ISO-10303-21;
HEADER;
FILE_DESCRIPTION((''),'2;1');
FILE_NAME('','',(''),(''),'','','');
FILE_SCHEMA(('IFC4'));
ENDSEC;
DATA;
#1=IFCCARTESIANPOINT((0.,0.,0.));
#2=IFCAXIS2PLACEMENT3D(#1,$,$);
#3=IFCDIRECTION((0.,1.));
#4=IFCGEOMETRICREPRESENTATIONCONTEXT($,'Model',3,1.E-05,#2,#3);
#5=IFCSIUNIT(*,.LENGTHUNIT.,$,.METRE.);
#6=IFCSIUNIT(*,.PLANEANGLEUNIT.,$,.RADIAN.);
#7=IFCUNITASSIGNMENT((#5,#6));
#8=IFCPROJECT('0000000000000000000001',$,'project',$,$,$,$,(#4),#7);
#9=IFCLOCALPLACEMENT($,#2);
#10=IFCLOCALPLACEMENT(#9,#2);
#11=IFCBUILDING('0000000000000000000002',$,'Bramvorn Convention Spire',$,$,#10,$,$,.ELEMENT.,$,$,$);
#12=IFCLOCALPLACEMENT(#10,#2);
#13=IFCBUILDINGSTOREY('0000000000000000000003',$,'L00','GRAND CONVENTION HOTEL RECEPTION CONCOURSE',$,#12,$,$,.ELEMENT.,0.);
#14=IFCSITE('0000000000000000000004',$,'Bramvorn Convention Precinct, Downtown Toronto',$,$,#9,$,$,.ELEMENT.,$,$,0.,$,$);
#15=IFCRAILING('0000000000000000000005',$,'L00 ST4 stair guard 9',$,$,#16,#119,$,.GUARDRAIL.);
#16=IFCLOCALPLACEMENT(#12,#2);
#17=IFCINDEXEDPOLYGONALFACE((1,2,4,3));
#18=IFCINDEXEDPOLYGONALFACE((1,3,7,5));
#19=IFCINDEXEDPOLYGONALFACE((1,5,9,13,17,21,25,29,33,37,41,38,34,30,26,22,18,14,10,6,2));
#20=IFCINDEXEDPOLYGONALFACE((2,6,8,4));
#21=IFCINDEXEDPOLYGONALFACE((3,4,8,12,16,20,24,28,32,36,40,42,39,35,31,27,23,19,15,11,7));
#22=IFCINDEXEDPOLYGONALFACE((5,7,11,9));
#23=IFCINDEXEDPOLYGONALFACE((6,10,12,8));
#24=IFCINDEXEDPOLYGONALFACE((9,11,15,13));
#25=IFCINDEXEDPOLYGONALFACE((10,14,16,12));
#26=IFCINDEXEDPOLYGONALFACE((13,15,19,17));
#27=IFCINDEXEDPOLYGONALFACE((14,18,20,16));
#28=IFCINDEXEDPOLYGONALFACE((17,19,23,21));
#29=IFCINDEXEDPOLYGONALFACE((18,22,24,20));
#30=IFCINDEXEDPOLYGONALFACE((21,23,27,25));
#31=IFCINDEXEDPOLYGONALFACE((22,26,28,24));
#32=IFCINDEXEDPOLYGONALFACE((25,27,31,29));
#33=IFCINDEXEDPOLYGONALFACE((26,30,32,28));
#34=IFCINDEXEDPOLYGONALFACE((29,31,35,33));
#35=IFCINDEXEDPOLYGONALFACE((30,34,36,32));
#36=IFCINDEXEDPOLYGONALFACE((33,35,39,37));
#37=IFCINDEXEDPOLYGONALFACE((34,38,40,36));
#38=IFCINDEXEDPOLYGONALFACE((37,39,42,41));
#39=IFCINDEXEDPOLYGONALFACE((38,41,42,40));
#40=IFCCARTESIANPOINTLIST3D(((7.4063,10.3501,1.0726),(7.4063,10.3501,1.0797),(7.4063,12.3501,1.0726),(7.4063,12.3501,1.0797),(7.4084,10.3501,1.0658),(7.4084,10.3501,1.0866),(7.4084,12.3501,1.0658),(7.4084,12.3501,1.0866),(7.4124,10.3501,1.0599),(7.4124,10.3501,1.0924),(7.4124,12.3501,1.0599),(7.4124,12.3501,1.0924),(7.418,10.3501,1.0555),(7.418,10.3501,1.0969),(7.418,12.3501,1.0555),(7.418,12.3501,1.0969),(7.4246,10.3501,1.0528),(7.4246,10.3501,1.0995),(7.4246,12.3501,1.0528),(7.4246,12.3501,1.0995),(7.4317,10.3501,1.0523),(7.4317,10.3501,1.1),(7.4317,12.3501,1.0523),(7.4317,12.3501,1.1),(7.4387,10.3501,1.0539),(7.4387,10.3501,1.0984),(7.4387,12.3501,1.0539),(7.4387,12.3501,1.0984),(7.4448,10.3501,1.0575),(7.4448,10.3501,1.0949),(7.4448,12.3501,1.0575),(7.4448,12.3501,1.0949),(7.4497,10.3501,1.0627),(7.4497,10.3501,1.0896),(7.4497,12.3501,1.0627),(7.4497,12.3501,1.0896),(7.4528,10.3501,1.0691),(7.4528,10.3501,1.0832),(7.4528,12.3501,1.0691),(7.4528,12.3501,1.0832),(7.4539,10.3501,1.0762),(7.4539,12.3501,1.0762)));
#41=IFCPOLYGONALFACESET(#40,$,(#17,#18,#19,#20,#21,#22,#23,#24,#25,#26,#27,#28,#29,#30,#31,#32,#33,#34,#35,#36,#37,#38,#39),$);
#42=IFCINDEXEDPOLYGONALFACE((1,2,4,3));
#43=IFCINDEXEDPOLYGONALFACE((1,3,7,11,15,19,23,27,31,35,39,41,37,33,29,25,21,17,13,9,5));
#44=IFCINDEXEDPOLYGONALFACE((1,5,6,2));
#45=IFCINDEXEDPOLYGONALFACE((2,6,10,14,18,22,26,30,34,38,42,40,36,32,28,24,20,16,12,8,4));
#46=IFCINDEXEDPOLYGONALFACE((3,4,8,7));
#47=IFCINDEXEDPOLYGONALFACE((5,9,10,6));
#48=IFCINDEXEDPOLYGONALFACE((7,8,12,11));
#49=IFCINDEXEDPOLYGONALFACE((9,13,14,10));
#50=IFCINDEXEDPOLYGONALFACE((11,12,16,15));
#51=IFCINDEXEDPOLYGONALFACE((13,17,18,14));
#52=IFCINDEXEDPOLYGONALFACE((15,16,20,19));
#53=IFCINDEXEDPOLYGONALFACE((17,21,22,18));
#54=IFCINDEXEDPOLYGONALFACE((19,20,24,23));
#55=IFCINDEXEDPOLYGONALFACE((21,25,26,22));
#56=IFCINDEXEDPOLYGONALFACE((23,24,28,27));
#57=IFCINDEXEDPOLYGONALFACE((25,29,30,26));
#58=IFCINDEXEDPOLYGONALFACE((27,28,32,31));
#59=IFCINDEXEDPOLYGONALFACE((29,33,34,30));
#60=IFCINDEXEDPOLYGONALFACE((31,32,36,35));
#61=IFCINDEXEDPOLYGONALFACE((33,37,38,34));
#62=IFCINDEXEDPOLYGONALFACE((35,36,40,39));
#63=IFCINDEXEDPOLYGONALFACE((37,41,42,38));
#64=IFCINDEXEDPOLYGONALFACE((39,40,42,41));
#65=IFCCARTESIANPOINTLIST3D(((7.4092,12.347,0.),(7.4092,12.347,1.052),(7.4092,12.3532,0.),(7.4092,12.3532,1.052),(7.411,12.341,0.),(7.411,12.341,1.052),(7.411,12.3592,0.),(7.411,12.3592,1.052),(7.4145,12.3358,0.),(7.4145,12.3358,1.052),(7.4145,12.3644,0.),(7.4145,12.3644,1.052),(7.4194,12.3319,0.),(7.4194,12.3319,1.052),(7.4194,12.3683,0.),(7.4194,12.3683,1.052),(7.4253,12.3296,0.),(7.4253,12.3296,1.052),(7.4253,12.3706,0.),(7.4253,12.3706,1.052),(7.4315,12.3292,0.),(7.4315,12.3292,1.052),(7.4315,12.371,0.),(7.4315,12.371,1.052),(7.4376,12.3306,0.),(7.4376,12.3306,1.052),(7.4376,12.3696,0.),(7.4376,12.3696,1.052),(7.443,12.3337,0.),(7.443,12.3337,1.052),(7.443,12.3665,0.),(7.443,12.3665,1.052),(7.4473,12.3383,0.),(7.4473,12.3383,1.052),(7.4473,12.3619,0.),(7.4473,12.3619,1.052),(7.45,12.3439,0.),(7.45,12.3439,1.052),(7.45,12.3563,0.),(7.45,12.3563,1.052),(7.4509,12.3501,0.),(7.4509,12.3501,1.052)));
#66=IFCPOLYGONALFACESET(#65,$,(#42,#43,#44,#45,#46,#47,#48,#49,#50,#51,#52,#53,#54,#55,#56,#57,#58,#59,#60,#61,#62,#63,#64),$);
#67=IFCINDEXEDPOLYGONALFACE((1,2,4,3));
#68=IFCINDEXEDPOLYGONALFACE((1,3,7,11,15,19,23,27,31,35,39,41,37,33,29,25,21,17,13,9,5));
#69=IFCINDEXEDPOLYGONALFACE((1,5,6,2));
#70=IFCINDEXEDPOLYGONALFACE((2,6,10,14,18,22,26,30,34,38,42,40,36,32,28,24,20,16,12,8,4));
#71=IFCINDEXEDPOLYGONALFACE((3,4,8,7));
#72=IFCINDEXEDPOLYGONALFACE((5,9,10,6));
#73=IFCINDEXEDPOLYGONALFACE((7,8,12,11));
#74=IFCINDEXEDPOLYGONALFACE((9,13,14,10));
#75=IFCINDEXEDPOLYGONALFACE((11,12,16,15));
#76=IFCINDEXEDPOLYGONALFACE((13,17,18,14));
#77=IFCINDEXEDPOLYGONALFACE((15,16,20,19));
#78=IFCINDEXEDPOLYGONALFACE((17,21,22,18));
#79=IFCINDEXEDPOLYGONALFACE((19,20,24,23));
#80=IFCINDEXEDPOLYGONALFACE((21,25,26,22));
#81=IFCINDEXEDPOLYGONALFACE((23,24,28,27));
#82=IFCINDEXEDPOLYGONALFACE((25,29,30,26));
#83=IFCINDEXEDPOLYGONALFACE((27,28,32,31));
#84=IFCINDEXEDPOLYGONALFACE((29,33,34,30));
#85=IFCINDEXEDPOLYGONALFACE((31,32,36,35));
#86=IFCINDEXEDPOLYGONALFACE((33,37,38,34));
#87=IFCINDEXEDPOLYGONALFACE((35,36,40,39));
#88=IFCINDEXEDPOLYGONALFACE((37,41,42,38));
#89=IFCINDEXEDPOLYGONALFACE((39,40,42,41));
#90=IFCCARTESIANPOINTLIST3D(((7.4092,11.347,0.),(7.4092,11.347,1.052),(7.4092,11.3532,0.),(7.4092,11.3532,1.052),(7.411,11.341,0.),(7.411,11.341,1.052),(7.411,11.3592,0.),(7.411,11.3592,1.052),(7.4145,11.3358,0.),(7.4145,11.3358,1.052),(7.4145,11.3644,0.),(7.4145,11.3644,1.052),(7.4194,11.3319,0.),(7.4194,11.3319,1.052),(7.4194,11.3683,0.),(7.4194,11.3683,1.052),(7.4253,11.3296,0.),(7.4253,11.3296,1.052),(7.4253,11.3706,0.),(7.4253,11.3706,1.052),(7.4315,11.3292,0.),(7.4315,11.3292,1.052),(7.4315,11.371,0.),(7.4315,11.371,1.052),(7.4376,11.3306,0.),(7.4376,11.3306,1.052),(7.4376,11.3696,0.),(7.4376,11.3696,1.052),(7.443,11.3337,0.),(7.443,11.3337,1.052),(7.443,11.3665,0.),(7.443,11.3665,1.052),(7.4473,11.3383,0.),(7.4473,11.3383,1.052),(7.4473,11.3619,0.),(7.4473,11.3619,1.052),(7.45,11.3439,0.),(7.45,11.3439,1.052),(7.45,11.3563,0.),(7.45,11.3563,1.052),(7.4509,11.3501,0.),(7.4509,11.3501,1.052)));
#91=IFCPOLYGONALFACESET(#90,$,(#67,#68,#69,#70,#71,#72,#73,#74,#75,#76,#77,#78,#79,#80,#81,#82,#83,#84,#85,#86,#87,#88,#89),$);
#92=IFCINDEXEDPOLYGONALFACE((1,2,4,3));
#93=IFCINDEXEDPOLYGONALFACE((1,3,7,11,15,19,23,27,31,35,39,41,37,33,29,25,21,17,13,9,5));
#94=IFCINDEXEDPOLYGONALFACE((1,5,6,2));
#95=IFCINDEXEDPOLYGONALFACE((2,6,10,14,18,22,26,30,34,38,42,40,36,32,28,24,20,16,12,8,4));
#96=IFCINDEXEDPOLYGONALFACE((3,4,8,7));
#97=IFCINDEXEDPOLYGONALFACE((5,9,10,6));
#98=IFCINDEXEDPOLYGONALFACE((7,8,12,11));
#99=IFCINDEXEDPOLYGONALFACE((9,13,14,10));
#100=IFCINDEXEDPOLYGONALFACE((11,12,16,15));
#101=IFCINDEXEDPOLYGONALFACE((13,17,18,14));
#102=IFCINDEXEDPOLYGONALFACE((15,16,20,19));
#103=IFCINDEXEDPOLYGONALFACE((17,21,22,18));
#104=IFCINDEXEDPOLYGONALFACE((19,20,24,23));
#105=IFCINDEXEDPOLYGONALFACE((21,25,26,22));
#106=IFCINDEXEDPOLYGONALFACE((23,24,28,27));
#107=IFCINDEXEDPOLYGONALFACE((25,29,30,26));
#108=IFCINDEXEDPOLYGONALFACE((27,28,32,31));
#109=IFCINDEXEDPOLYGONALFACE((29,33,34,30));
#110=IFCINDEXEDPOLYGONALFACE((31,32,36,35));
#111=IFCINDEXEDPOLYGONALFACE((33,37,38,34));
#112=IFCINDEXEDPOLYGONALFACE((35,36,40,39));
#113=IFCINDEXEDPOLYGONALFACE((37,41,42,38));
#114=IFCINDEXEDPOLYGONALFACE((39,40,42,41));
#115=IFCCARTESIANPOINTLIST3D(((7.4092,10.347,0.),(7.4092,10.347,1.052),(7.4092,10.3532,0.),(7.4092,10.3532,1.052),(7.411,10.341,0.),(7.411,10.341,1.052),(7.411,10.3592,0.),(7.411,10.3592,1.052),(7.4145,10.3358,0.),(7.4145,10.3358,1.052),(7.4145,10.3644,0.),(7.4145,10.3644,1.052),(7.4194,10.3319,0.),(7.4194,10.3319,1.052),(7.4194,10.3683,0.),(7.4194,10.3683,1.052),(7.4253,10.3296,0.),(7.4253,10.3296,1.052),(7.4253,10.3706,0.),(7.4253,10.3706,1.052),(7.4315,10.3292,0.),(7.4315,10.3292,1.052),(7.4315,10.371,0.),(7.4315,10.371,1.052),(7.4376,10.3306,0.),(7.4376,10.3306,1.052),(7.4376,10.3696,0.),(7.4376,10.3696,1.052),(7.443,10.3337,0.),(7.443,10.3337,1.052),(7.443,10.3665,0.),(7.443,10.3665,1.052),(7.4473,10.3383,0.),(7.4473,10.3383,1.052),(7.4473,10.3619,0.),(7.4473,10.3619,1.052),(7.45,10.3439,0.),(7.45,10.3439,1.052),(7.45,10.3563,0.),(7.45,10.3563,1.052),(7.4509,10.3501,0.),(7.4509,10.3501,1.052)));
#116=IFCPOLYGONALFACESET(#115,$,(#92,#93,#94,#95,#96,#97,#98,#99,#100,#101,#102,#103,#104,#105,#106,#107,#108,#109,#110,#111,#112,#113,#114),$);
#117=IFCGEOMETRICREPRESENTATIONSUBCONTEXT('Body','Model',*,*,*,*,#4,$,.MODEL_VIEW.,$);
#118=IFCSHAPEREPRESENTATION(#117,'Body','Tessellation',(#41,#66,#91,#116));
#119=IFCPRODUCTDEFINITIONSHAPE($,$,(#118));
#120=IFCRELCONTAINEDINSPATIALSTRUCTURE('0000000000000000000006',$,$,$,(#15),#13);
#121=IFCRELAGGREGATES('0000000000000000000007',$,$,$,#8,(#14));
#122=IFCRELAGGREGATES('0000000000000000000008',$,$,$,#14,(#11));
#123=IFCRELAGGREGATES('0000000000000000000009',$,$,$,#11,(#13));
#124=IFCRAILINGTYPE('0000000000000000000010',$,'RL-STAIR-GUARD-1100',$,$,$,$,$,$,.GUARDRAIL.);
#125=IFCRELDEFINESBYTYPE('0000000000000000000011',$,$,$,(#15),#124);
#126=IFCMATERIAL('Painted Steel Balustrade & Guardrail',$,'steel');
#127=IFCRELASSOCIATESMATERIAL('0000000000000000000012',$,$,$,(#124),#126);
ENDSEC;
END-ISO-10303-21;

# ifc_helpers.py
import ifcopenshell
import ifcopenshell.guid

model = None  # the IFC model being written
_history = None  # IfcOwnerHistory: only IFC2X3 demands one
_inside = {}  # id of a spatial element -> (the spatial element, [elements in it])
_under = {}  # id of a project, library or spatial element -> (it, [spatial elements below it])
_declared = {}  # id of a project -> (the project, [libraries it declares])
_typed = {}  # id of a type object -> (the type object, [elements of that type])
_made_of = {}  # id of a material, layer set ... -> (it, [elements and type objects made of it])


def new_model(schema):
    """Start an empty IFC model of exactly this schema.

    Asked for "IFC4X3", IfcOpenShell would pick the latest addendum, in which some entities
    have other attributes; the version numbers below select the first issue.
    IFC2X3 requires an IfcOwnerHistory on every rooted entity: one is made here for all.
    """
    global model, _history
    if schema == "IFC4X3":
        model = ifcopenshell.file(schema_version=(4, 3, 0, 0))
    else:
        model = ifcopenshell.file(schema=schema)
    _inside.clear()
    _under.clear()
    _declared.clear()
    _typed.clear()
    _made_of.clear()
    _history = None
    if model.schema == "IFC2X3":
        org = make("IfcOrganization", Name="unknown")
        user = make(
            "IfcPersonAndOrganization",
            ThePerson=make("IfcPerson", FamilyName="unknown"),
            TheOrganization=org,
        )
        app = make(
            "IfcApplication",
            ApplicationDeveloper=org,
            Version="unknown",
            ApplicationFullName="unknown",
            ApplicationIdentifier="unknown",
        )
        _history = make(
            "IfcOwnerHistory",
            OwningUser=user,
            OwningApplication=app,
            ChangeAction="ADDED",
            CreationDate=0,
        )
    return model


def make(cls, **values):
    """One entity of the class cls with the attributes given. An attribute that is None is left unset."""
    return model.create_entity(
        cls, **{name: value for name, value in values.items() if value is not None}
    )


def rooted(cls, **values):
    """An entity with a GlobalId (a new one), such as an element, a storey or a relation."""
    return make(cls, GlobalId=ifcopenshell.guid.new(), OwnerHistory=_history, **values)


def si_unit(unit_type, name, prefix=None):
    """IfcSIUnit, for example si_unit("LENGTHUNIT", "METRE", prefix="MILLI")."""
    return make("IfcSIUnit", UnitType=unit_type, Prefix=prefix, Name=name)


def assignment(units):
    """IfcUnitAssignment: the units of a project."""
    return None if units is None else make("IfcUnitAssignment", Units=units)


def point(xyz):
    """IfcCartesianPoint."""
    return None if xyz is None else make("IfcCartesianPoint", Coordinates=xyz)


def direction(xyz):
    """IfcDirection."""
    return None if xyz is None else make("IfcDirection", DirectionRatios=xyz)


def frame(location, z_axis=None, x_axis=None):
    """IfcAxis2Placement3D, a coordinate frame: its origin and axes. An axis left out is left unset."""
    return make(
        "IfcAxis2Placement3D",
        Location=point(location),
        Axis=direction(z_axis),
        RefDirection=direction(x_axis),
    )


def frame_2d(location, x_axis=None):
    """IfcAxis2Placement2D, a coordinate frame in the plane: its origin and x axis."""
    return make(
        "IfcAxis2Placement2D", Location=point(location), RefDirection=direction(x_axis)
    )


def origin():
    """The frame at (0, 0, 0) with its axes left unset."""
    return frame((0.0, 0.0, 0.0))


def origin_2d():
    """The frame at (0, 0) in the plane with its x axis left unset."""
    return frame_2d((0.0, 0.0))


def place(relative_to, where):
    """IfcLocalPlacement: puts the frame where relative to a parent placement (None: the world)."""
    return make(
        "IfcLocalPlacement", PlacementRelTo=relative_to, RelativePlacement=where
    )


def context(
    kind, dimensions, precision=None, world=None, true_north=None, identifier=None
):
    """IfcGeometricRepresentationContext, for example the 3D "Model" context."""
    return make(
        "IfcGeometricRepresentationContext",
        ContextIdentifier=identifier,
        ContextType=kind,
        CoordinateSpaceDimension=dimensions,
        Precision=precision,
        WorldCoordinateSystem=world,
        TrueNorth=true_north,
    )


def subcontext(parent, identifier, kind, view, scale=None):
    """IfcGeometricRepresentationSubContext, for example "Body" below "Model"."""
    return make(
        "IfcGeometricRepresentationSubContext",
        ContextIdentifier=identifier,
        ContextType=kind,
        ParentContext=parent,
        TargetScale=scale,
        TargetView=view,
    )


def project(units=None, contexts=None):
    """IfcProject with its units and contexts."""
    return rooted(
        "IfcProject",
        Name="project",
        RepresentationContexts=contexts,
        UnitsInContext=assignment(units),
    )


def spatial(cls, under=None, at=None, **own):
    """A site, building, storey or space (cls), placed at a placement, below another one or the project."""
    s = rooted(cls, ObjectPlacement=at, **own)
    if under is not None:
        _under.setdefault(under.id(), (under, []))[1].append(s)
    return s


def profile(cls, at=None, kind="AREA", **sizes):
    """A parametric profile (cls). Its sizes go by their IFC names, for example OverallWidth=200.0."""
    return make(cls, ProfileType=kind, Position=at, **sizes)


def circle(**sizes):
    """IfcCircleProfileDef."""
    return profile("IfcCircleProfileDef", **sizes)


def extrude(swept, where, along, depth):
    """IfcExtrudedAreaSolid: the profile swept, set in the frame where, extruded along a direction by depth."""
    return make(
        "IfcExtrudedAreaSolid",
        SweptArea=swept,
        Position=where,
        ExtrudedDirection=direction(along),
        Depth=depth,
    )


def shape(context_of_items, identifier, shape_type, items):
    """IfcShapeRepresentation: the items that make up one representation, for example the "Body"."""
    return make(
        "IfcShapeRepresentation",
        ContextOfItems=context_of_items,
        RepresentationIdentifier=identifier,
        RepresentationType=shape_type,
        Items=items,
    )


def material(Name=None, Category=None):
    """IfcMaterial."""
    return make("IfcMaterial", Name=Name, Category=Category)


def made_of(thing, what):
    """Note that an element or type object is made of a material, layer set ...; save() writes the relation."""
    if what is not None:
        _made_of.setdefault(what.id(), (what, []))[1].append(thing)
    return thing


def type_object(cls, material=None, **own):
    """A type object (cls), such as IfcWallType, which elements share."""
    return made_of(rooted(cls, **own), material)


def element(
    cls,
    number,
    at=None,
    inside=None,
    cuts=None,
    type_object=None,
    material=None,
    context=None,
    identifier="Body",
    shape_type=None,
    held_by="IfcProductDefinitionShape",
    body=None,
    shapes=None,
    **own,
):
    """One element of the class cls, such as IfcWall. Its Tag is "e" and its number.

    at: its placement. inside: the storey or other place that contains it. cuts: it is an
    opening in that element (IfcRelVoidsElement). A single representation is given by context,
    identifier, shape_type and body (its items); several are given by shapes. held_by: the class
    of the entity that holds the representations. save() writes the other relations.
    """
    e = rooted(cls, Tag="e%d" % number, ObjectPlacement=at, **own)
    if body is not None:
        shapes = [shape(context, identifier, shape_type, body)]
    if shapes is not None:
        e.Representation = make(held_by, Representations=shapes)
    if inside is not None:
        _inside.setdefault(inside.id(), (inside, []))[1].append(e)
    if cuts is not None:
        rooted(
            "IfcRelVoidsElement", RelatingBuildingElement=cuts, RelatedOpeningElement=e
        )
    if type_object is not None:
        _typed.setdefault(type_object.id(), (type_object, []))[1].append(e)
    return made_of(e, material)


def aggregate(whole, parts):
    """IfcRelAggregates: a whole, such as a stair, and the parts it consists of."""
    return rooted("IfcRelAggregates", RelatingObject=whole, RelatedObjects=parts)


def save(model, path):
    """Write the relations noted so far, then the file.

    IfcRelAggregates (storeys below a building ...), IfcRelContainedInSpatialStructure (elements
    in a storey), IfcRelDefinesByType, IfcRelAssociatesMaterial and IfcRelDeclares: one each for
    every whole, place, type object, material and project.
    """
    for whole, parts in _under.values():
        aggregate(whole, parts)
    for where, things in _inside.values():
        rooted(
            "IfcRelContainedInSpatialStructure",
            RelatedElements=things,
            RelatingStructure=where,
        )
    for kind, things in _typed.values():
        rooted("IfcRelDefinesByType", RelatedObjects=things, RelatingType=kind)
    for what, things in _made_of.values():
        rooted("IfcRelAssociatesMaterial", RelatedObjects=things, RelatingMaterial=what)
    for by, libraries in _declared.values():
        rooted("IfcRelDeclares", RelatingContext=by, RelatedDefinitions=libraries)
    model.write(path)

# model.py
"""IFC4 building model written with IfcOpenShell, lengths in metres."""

from ifc_helpers import new_model, si_unit, direction, frame, origin, origin_2d, place, context, subcontext, project, spatial, circle, extrude, material, type_object, element, save


model = new_model("IFC4")

# Units and contexts
model_context = context("Model", 3, precision=1e-05, world=origin(), true_north=direction((0.0, 1.0)))
body_context = subcontext(model_context, "Body", "Model", "MODEL_VIEW")
ifc_project = project(units=[si_unit("LENGTHUNIT", "METRE"), si_unit("PLANEANGLEUNIT", "RADIAN")], contexts=[model_context])

# Site, building, storey
site_placement = place(None, origin())
site = spatial("IfcSite", under=ifc_project, at=site_placement, Name="Bramvorn Convention Precinct, Downtown Toronto", CompositionType="ELEMENT", RefElevation=0.0)
building_placement = place(site_placement, origin())
building = spatial("IfcBuilding", under=site, at=building_placement, Name="Bramvorn Convention Spire", CompositionType="ELEMENT")
storey_placement = place(building_placement, origin())
storey = spatial("IfcBuildingStorey", under=building, at=storey_placement, Name="L00", Description="GRAND CONVENTION HOTEL RECEPTION CONCOURSE", CompositionType="ELEMENT", Elevation=0.0)

# Railing
ifc_material_1 = material(Name="Painted Steel Balustrade & Guardrail", Category="steel")
railing_type_1 = type_object("IfcRailingType", Name="RL-STAIR-GUARD-1100", PredefinedType="GUARDRAIL", material=ifc_material_1)
railing_1_placement = place(storey_placement, frame((7.4299, 12.3501, 0.0)))
element("IfcRailing", 1, at=railing_1_placement, inside=storey, type_object=railing_type_1, Name="L00 ST4 stair guard 9", PredefinedType="GUARDRAIL", context=body_context, shape_type="SweptSolid", body=[
    extrude(circle(Radius=0.0239, at=origin_2d()), frame((0.0, 0.0, 1.0762), z_axis=(0.0, -1.0, 0.0), x_axis=(1.0, 0.0, 0.0)), (0.0, 0.0, 1.0), 2.0),
    extrude(circle(Radius=0.021, at=origin_2d()), origin(), (0.0, 0.0, 1.0), 1.052),
    extrude(circle(Radius=0.021, at=origin_2d()), frame((0.0, -1.0, 0.0)), (0.0, 0.0, 1.0), 1.052),
    extrude(circle(Radius=0.021, at=origin_2d()), frame((0.0, -2.0, 0.0)), (0.0, 0.0, 1.0), 1.052),
])

save(model, "model.ifc")
